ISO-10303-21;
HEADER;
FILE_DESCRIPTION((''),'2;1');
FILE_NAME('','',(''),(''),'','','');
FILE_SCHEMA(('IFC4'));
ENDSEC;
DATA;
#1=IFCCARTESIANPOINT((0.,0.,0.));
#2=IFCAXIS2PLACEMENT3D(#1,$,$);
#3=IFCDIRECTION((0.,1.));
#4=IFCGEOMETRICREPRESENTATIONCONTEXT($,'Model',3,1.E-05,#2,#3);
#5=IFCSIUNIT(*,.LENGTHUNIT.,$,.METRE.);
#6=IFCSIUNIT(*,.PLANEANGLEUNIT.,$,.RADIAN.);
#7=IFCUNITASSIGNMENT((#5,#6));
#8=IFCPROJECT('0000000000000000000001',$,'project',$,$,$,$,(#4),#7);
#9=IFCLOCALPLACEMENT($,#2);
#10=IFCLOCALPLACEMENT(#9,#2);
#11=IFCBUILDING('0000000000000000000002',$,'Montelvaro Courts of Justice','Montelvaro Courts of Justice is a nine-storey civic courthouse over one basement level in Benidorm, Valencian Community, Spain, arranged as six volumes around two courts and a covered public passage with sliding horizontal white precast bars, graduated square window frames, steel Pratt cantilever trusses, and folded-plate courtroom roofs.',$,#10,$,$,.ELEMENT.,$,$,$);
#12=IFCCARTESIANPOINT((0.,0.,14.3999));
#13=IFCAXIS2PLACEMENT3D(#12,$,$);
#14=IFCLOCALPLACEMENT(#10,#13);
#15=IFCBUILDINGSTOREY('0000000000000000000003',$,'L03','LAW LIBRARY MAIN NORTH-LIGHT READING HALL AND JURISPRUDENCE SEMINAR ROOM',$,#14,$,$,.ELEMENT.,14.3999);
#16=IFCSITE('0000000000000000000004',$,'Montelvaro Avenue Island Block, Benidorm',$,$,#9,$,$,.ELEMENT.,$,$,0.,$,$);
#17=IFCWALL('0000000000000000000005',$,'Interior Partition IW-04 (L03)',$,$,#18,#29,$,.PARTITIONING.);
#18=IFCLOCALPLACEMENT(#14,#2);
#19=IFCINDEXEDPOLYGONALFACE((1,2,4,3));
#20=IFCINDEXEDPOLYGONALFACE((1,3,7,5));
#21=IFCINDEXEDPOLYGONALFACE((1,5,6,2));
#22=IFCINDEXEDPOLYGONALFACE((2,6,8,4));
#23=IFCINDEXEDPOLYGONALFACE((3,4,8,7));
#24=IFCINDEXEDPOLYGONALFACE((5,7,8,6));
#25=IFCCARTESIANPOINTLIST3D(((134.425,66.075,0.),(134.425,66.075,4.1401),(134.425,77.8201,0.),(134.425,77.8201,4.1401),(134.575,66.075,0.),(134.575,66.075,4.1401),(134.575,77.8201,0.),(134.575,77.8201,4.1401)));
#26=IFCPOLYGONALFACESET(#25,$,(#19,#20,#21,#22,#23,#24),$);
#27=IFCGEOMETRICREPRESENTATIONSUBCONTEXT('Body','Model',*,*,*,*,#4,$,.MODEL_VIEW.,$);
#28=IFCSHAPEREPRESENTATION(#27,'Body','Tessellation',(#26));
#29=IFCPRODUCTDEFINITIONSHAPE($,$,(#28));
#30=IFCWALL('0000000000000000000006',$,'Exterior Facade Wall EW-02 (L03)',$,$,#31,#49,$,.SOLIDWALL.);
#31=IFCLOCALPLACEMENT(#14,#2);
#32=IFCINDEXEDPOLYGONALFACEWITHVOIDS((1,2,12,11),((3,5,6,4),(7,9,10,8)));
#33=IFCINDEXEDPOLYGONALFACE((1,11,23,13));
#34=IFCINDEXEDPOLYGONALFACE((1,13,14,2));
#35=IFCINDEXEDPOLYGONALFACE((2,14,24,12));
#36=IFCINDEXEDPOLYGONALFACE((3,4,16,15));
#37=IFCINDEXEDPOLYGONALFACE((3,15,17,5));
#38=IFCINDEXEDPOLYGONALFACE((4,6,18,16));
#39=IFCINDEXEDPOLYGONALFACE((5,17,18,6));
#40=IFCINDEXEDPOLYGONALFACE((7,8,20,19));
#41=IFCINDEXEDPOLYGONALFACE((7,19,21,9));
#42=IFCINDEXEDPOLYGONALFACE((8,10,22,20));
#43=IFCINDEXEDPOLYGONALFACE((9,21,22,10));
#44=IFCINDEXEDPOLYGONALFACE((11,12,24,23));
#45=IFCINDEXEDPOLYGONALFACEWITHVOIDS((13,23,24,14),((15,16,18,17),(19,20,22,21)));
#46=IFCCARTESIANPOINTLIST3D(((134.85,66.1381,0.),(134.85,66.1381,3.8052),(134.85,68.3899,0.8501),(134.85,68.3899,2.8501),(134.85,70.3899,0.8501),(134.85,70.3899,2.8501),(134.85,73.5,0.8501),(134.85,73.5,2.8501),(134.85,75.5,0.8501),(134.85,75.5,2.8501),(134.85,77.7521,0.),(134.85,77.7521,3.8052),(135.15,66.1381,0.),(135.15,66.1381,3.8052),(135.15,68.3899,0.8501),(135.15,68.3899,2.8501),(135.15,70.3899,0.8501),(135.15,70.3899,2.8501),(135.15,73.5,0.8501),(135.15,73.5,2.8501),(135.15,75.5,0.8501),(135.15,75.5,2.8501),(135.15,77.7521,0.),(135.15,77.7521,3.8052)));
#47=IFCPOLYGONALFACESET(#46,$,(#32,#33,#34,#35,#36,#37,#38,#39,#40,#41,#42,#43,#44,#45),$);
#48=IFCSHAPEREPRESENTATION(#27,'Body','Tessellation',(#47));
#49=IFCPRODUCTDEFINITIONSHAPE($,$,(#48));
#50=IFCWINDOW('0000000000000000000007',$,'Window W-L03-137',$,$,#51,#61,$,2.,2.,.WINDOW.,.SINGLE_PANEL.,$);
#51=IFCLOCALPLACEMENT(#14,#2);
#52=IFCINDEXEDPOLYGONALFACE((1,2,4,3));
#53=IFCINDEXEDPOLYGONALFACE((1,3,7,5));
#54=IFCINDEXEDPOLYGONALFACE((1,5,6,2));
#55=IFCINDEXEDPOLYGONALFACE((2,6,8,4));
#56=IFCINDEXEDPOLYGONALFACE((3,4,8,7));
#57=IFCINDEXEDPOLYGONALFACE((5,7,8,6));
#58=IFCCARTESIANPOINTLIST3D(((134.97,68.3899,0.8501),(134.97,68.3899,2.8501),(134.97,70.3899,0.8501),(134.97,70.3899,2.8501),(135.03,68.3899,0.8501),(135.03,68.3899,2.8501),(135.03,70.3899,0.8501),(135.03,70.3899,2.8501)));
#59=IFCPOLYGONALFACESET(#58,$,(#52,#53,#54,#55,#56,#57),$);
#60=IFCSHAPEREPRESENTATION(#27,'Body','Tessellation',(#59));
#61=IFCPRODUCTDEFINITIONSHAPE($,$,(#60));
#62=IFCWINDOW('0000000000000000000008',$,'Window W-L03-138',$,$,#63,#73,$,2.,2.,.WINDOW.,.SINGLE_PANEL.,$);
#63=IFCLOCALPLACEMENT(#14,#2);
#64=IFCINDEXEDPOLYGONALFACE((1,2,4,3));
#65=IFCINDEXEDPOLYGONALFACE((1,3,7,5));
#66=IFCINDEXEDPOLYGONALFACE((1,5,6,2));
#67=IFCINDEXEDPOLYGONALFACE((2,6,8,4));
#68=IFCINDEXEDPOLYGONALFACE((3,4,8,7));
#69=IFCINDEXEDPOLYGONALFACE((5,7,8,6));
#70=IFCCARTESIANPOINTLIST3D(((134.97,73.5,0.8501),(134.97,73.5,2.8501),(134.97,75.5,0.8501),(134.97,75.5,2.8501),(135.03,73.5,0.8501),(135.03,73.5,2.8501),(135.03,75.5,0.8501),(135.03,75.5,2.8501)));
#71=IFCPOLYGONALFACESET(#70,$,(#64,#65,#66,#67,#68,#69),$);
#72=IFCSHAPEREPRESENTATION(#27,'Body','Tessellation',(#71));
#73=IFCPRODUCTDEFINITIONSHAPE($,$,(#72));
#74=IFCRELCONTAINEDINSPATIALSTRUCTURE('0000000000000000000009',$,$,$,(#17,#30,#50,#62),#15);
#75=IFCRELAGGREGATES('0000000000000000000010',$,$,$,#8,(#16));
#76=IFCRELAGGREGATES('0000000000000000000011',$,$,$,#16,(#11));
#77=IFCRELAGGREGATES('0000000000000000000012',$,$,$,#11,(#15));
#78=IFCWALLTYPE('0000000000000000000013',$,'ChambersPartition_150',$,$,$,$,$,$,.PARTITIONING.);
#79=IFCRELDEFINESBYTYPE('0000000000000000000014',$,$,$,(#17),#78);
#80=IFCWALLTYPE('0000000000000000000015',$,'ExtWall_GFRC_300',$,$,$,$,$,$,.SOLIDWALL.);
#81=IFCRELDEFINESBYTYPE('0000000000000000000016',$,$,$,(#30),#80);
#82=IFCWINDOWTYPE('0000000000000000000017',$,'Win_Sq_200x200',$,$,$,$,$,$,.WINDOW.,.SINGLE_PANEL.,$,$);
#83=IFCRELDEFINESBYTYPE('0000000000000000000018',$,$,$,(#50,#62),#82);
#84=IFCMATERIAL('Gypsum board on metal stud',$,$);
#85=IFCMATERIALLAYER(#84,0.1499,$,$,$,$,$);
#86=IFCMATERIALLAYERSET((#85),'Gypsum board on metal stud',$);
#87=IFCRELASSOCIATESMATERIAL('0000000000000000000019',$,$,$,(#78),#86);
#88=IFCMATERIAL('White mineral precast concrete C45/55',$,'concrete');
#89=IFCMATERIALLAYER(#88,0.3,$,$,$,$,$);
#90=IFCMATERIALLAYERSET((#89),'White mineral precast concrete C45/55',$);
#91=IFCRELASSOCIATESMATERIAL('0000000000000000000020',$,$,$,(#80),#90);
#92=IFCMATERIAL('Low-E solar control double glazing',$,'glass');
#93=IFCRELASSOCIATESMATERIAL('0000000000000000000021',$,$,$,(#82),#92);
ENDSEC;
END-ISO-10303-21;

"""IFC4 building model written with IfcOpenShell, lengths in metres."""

from ifc_helpers import new_model, si_unit, direction, frame, frame_2d, origin, place, context, subcontext, project, spatial, rectangle, extrude, material, layer, layer_set, type_object, element, fill, save


model = new_model("IFC4")

# Units and contexts
model_context = context("Model", 3, precision=1e-05, world=origin(), true_north=direction((0.0, 1.0)))
body_context = subcontext(model_context, "Body", "Model", "MODEL_VIEW")
ifc_project = project(units=[si_unit("LENGTHUNIT", "METRE"), si_unit("PLANEANGLEUNIT", "RADIAN")], contexts=[model_context])

# Site, building, storey
site_placement = place(None, origin())
site = spatial("IfcSite", under=ifc_project, at=site_placement, Name="Montelvaro Avenue Island Block, Benidorm", CompositionType="ELEMENT", RefElevation=0.0)
building_placement = place(site_placement, origin())
building = spatial("IfcBuilding", under=site, at=building_placement, Name="Montelvaro Courts of Justice", Description="Montelvaro Courts of Justice is a nine-storey civic courthouse over one basement level in Benidorm, Valencian Community, Spain, arranged as six volumes around two courts and a covered public passage with sliding horizontal white precast bars, graduated square window frames, steel Pratt cantilever trusses, and folded-plate courtroom roofs.", CompositionType="ELEMENT")
storey_placement = place(building_placement, frame((0.0, 0.0, 14.3999)))
storey = spatial("IfcBuildingStorey", under=building, at=storey_placement, Name="L03", Description="LAW LIBRARY MAIN NORTH-LIGHT READING HALL AND JURISPRUDENCE SEMINAR ROOM", CompositionType="ELEMENT", Elevation=14.3999)

# Shared definitions
ifc_material_1 = material(Name="Low-E solar control double glazing", Category="glass")

# Shared definitions
ifc_material_2 = material(Name="White mineral precast concrete C45/55", Category="concrete")

# Wall
ifc_material_3 = material(Name="Gypsum board on metal stud")
ifc_layer_1 = layer(ifc_material_3, 0.1499)
ifc_layer_set_1 = layer_set([ifc_layer_1], Name="Gypsum board on metal stud")
wall_type_1 = type_object("IfcWallType", Name="ChambersPartition_150", PredefinedType="PARTITIONING", material=ifc_layer_set_1)
wall_1_placement = place(storey_placement, frame((134.5, 77.8201, 0.0), z_axis=(0.0, 0.0, 1.0), x_axis=(0.0, -1.0, 0.0)))
element("IfcWall", 1, at=wall_1_placement, inside=storey, type_object=wall_type_1, Name="Interior Partition IW-04 (L03)", PredefinedType="PARTITIONING", context=body_context, shape_type="SweptSolid", body=[
    extrude(rectangle(XDim=11.7451, YDim=0.1499, at=frame_2d((5.8726, 0.0))), origin(), (0.0, 0.0, 1.0), 4.1401),
])

# Wall, openings, windows
ifc_layer_2 = layer(ifc_material_2, 0.3)
ifc_layer_set_2 = layer_set([ifc_layer_2], Name="White mineral precast concrete C45/55")
wall_type_2 = type_object("IfcWallType", Name="ExtWall_GFRC_300", PredefinedType="SOLIDWALL", material=ifc_layer_set_2)
wall_2_placement = place(storey_placement, frame((135.0, 66.1379, 0.0), z_axis=(0.0, 0.0, 1.0), x_axis=(0.0, 1.0, 0.0)))
wall_2 = element("IfcWall", 2, at=wall_2_placement, inside=storey, type_object=wall_type_2, Name="Exterior Facade Wall EW-02 (L03)", PredefinedType="SOLIDWALL", context=body_context, shape_type="SweptSolid", body=[
    extrude(rectangle(XDim=11.614, YDim=0.3, at=frame_2d((5.8071, 0.0))), origin(), (0.0, 0.0, 1.0), 3.8052),
])
opening_1_placement = place(wall_2_placement, frame((2.252, 0.0, 0.8501)))
opening_1 = element("IfcOpeningElement", 3, at=opening_1_placement, cuts=wall_2, PredefinedType="OPENING", context=body_context, shape_type="SweptSolid", body=[
    extrude(rectangle(XDim=2.0, YDim=2.0, at=frame_2d((1.0, 1.0))), frame((0.0, 0.165, 0.0), z_axis=(0.0, -1.0, 0.0), x_axis=(1.0, 0.0, 0.0)), (0.0, 0.0, 1.0), 0.3298),
])
opening_2_placement = place(wall_2_placement, frame((7.3621, 0.0, 0.8501)))
opening_2 = element("IfcOpeningElement", 4, at=opening_2_placement, cuts=wall_2, PredefinedType="OPENING", context=body_context, shape_type="SweptSolid", body=[
    extrude(rectangle(XDim=2.0, YDim=2.0, at=frame_2d((1.0, 1.0))), frame((0.0, 0.165, 0.0), z_axis=(0.0, -1.0, 0.0), x_axis=(1.0, 0.0, 0.0)), (0.0, 0.0, 1.0), 0.3298),
])
window_type = type_object("IfcWindowType", Name="Win_Sq_200x200", PartitioningType="SINGLE_PANEL", PredefinedType="WINDOW", material=ifc_material_1)
window_1_placement = place(opening_1_placement, origin())
window_1 = element("IfcWindow", 5, at=window_1_placement, inside=storey, type_object=window_type, Name="Window W-L03-137", OverallHeight=2.0, OverallWidth=2.0, PartitioningType="SINGLE_PANEL", PredefinedType="WINDOW", context=body_context, shape_type="SweptSolid", body=[
    extrude(rectangle(XDim=2.0, YDim=2.0, at=frame_2d((1.0, 1.0))), frame((0.0, 0.03, 0.0), z_axis=(0.0, -1.0, 0.0), x_axis=(1.0, 0.0, 0.0)), (0.0, 0.0, 1.0), 0.0601),
])
fill(opening_1, window_1)
window_2_placement = place(opening_2_placement, origin())
window_2 = element("IfcWindow", 6, at=window_2_placement, inside=storey, type_object=window_type, Name="Window W-L03-138", OverallHeight=2.0, OverallWidth=2.0, PartitioningType="SINGLE_PANEL", PredefinedType="WINDOW", context=body_context, shape_type="SweptSolid", body=[
    extrude(rectangle(XDim=2.0, YDim=2.0, at=frame_2d((1.0, 1.0))), frame((0.0, 0.03, 0.0), z_axis=(0.0, -1.0, 0.0), x_axis=(1.0, 0.0, 0.0)), (0.0, 0.0, 1.0), 0.0601),
])
fill(opening_2, window_2)

save(model, "model.ifc")
